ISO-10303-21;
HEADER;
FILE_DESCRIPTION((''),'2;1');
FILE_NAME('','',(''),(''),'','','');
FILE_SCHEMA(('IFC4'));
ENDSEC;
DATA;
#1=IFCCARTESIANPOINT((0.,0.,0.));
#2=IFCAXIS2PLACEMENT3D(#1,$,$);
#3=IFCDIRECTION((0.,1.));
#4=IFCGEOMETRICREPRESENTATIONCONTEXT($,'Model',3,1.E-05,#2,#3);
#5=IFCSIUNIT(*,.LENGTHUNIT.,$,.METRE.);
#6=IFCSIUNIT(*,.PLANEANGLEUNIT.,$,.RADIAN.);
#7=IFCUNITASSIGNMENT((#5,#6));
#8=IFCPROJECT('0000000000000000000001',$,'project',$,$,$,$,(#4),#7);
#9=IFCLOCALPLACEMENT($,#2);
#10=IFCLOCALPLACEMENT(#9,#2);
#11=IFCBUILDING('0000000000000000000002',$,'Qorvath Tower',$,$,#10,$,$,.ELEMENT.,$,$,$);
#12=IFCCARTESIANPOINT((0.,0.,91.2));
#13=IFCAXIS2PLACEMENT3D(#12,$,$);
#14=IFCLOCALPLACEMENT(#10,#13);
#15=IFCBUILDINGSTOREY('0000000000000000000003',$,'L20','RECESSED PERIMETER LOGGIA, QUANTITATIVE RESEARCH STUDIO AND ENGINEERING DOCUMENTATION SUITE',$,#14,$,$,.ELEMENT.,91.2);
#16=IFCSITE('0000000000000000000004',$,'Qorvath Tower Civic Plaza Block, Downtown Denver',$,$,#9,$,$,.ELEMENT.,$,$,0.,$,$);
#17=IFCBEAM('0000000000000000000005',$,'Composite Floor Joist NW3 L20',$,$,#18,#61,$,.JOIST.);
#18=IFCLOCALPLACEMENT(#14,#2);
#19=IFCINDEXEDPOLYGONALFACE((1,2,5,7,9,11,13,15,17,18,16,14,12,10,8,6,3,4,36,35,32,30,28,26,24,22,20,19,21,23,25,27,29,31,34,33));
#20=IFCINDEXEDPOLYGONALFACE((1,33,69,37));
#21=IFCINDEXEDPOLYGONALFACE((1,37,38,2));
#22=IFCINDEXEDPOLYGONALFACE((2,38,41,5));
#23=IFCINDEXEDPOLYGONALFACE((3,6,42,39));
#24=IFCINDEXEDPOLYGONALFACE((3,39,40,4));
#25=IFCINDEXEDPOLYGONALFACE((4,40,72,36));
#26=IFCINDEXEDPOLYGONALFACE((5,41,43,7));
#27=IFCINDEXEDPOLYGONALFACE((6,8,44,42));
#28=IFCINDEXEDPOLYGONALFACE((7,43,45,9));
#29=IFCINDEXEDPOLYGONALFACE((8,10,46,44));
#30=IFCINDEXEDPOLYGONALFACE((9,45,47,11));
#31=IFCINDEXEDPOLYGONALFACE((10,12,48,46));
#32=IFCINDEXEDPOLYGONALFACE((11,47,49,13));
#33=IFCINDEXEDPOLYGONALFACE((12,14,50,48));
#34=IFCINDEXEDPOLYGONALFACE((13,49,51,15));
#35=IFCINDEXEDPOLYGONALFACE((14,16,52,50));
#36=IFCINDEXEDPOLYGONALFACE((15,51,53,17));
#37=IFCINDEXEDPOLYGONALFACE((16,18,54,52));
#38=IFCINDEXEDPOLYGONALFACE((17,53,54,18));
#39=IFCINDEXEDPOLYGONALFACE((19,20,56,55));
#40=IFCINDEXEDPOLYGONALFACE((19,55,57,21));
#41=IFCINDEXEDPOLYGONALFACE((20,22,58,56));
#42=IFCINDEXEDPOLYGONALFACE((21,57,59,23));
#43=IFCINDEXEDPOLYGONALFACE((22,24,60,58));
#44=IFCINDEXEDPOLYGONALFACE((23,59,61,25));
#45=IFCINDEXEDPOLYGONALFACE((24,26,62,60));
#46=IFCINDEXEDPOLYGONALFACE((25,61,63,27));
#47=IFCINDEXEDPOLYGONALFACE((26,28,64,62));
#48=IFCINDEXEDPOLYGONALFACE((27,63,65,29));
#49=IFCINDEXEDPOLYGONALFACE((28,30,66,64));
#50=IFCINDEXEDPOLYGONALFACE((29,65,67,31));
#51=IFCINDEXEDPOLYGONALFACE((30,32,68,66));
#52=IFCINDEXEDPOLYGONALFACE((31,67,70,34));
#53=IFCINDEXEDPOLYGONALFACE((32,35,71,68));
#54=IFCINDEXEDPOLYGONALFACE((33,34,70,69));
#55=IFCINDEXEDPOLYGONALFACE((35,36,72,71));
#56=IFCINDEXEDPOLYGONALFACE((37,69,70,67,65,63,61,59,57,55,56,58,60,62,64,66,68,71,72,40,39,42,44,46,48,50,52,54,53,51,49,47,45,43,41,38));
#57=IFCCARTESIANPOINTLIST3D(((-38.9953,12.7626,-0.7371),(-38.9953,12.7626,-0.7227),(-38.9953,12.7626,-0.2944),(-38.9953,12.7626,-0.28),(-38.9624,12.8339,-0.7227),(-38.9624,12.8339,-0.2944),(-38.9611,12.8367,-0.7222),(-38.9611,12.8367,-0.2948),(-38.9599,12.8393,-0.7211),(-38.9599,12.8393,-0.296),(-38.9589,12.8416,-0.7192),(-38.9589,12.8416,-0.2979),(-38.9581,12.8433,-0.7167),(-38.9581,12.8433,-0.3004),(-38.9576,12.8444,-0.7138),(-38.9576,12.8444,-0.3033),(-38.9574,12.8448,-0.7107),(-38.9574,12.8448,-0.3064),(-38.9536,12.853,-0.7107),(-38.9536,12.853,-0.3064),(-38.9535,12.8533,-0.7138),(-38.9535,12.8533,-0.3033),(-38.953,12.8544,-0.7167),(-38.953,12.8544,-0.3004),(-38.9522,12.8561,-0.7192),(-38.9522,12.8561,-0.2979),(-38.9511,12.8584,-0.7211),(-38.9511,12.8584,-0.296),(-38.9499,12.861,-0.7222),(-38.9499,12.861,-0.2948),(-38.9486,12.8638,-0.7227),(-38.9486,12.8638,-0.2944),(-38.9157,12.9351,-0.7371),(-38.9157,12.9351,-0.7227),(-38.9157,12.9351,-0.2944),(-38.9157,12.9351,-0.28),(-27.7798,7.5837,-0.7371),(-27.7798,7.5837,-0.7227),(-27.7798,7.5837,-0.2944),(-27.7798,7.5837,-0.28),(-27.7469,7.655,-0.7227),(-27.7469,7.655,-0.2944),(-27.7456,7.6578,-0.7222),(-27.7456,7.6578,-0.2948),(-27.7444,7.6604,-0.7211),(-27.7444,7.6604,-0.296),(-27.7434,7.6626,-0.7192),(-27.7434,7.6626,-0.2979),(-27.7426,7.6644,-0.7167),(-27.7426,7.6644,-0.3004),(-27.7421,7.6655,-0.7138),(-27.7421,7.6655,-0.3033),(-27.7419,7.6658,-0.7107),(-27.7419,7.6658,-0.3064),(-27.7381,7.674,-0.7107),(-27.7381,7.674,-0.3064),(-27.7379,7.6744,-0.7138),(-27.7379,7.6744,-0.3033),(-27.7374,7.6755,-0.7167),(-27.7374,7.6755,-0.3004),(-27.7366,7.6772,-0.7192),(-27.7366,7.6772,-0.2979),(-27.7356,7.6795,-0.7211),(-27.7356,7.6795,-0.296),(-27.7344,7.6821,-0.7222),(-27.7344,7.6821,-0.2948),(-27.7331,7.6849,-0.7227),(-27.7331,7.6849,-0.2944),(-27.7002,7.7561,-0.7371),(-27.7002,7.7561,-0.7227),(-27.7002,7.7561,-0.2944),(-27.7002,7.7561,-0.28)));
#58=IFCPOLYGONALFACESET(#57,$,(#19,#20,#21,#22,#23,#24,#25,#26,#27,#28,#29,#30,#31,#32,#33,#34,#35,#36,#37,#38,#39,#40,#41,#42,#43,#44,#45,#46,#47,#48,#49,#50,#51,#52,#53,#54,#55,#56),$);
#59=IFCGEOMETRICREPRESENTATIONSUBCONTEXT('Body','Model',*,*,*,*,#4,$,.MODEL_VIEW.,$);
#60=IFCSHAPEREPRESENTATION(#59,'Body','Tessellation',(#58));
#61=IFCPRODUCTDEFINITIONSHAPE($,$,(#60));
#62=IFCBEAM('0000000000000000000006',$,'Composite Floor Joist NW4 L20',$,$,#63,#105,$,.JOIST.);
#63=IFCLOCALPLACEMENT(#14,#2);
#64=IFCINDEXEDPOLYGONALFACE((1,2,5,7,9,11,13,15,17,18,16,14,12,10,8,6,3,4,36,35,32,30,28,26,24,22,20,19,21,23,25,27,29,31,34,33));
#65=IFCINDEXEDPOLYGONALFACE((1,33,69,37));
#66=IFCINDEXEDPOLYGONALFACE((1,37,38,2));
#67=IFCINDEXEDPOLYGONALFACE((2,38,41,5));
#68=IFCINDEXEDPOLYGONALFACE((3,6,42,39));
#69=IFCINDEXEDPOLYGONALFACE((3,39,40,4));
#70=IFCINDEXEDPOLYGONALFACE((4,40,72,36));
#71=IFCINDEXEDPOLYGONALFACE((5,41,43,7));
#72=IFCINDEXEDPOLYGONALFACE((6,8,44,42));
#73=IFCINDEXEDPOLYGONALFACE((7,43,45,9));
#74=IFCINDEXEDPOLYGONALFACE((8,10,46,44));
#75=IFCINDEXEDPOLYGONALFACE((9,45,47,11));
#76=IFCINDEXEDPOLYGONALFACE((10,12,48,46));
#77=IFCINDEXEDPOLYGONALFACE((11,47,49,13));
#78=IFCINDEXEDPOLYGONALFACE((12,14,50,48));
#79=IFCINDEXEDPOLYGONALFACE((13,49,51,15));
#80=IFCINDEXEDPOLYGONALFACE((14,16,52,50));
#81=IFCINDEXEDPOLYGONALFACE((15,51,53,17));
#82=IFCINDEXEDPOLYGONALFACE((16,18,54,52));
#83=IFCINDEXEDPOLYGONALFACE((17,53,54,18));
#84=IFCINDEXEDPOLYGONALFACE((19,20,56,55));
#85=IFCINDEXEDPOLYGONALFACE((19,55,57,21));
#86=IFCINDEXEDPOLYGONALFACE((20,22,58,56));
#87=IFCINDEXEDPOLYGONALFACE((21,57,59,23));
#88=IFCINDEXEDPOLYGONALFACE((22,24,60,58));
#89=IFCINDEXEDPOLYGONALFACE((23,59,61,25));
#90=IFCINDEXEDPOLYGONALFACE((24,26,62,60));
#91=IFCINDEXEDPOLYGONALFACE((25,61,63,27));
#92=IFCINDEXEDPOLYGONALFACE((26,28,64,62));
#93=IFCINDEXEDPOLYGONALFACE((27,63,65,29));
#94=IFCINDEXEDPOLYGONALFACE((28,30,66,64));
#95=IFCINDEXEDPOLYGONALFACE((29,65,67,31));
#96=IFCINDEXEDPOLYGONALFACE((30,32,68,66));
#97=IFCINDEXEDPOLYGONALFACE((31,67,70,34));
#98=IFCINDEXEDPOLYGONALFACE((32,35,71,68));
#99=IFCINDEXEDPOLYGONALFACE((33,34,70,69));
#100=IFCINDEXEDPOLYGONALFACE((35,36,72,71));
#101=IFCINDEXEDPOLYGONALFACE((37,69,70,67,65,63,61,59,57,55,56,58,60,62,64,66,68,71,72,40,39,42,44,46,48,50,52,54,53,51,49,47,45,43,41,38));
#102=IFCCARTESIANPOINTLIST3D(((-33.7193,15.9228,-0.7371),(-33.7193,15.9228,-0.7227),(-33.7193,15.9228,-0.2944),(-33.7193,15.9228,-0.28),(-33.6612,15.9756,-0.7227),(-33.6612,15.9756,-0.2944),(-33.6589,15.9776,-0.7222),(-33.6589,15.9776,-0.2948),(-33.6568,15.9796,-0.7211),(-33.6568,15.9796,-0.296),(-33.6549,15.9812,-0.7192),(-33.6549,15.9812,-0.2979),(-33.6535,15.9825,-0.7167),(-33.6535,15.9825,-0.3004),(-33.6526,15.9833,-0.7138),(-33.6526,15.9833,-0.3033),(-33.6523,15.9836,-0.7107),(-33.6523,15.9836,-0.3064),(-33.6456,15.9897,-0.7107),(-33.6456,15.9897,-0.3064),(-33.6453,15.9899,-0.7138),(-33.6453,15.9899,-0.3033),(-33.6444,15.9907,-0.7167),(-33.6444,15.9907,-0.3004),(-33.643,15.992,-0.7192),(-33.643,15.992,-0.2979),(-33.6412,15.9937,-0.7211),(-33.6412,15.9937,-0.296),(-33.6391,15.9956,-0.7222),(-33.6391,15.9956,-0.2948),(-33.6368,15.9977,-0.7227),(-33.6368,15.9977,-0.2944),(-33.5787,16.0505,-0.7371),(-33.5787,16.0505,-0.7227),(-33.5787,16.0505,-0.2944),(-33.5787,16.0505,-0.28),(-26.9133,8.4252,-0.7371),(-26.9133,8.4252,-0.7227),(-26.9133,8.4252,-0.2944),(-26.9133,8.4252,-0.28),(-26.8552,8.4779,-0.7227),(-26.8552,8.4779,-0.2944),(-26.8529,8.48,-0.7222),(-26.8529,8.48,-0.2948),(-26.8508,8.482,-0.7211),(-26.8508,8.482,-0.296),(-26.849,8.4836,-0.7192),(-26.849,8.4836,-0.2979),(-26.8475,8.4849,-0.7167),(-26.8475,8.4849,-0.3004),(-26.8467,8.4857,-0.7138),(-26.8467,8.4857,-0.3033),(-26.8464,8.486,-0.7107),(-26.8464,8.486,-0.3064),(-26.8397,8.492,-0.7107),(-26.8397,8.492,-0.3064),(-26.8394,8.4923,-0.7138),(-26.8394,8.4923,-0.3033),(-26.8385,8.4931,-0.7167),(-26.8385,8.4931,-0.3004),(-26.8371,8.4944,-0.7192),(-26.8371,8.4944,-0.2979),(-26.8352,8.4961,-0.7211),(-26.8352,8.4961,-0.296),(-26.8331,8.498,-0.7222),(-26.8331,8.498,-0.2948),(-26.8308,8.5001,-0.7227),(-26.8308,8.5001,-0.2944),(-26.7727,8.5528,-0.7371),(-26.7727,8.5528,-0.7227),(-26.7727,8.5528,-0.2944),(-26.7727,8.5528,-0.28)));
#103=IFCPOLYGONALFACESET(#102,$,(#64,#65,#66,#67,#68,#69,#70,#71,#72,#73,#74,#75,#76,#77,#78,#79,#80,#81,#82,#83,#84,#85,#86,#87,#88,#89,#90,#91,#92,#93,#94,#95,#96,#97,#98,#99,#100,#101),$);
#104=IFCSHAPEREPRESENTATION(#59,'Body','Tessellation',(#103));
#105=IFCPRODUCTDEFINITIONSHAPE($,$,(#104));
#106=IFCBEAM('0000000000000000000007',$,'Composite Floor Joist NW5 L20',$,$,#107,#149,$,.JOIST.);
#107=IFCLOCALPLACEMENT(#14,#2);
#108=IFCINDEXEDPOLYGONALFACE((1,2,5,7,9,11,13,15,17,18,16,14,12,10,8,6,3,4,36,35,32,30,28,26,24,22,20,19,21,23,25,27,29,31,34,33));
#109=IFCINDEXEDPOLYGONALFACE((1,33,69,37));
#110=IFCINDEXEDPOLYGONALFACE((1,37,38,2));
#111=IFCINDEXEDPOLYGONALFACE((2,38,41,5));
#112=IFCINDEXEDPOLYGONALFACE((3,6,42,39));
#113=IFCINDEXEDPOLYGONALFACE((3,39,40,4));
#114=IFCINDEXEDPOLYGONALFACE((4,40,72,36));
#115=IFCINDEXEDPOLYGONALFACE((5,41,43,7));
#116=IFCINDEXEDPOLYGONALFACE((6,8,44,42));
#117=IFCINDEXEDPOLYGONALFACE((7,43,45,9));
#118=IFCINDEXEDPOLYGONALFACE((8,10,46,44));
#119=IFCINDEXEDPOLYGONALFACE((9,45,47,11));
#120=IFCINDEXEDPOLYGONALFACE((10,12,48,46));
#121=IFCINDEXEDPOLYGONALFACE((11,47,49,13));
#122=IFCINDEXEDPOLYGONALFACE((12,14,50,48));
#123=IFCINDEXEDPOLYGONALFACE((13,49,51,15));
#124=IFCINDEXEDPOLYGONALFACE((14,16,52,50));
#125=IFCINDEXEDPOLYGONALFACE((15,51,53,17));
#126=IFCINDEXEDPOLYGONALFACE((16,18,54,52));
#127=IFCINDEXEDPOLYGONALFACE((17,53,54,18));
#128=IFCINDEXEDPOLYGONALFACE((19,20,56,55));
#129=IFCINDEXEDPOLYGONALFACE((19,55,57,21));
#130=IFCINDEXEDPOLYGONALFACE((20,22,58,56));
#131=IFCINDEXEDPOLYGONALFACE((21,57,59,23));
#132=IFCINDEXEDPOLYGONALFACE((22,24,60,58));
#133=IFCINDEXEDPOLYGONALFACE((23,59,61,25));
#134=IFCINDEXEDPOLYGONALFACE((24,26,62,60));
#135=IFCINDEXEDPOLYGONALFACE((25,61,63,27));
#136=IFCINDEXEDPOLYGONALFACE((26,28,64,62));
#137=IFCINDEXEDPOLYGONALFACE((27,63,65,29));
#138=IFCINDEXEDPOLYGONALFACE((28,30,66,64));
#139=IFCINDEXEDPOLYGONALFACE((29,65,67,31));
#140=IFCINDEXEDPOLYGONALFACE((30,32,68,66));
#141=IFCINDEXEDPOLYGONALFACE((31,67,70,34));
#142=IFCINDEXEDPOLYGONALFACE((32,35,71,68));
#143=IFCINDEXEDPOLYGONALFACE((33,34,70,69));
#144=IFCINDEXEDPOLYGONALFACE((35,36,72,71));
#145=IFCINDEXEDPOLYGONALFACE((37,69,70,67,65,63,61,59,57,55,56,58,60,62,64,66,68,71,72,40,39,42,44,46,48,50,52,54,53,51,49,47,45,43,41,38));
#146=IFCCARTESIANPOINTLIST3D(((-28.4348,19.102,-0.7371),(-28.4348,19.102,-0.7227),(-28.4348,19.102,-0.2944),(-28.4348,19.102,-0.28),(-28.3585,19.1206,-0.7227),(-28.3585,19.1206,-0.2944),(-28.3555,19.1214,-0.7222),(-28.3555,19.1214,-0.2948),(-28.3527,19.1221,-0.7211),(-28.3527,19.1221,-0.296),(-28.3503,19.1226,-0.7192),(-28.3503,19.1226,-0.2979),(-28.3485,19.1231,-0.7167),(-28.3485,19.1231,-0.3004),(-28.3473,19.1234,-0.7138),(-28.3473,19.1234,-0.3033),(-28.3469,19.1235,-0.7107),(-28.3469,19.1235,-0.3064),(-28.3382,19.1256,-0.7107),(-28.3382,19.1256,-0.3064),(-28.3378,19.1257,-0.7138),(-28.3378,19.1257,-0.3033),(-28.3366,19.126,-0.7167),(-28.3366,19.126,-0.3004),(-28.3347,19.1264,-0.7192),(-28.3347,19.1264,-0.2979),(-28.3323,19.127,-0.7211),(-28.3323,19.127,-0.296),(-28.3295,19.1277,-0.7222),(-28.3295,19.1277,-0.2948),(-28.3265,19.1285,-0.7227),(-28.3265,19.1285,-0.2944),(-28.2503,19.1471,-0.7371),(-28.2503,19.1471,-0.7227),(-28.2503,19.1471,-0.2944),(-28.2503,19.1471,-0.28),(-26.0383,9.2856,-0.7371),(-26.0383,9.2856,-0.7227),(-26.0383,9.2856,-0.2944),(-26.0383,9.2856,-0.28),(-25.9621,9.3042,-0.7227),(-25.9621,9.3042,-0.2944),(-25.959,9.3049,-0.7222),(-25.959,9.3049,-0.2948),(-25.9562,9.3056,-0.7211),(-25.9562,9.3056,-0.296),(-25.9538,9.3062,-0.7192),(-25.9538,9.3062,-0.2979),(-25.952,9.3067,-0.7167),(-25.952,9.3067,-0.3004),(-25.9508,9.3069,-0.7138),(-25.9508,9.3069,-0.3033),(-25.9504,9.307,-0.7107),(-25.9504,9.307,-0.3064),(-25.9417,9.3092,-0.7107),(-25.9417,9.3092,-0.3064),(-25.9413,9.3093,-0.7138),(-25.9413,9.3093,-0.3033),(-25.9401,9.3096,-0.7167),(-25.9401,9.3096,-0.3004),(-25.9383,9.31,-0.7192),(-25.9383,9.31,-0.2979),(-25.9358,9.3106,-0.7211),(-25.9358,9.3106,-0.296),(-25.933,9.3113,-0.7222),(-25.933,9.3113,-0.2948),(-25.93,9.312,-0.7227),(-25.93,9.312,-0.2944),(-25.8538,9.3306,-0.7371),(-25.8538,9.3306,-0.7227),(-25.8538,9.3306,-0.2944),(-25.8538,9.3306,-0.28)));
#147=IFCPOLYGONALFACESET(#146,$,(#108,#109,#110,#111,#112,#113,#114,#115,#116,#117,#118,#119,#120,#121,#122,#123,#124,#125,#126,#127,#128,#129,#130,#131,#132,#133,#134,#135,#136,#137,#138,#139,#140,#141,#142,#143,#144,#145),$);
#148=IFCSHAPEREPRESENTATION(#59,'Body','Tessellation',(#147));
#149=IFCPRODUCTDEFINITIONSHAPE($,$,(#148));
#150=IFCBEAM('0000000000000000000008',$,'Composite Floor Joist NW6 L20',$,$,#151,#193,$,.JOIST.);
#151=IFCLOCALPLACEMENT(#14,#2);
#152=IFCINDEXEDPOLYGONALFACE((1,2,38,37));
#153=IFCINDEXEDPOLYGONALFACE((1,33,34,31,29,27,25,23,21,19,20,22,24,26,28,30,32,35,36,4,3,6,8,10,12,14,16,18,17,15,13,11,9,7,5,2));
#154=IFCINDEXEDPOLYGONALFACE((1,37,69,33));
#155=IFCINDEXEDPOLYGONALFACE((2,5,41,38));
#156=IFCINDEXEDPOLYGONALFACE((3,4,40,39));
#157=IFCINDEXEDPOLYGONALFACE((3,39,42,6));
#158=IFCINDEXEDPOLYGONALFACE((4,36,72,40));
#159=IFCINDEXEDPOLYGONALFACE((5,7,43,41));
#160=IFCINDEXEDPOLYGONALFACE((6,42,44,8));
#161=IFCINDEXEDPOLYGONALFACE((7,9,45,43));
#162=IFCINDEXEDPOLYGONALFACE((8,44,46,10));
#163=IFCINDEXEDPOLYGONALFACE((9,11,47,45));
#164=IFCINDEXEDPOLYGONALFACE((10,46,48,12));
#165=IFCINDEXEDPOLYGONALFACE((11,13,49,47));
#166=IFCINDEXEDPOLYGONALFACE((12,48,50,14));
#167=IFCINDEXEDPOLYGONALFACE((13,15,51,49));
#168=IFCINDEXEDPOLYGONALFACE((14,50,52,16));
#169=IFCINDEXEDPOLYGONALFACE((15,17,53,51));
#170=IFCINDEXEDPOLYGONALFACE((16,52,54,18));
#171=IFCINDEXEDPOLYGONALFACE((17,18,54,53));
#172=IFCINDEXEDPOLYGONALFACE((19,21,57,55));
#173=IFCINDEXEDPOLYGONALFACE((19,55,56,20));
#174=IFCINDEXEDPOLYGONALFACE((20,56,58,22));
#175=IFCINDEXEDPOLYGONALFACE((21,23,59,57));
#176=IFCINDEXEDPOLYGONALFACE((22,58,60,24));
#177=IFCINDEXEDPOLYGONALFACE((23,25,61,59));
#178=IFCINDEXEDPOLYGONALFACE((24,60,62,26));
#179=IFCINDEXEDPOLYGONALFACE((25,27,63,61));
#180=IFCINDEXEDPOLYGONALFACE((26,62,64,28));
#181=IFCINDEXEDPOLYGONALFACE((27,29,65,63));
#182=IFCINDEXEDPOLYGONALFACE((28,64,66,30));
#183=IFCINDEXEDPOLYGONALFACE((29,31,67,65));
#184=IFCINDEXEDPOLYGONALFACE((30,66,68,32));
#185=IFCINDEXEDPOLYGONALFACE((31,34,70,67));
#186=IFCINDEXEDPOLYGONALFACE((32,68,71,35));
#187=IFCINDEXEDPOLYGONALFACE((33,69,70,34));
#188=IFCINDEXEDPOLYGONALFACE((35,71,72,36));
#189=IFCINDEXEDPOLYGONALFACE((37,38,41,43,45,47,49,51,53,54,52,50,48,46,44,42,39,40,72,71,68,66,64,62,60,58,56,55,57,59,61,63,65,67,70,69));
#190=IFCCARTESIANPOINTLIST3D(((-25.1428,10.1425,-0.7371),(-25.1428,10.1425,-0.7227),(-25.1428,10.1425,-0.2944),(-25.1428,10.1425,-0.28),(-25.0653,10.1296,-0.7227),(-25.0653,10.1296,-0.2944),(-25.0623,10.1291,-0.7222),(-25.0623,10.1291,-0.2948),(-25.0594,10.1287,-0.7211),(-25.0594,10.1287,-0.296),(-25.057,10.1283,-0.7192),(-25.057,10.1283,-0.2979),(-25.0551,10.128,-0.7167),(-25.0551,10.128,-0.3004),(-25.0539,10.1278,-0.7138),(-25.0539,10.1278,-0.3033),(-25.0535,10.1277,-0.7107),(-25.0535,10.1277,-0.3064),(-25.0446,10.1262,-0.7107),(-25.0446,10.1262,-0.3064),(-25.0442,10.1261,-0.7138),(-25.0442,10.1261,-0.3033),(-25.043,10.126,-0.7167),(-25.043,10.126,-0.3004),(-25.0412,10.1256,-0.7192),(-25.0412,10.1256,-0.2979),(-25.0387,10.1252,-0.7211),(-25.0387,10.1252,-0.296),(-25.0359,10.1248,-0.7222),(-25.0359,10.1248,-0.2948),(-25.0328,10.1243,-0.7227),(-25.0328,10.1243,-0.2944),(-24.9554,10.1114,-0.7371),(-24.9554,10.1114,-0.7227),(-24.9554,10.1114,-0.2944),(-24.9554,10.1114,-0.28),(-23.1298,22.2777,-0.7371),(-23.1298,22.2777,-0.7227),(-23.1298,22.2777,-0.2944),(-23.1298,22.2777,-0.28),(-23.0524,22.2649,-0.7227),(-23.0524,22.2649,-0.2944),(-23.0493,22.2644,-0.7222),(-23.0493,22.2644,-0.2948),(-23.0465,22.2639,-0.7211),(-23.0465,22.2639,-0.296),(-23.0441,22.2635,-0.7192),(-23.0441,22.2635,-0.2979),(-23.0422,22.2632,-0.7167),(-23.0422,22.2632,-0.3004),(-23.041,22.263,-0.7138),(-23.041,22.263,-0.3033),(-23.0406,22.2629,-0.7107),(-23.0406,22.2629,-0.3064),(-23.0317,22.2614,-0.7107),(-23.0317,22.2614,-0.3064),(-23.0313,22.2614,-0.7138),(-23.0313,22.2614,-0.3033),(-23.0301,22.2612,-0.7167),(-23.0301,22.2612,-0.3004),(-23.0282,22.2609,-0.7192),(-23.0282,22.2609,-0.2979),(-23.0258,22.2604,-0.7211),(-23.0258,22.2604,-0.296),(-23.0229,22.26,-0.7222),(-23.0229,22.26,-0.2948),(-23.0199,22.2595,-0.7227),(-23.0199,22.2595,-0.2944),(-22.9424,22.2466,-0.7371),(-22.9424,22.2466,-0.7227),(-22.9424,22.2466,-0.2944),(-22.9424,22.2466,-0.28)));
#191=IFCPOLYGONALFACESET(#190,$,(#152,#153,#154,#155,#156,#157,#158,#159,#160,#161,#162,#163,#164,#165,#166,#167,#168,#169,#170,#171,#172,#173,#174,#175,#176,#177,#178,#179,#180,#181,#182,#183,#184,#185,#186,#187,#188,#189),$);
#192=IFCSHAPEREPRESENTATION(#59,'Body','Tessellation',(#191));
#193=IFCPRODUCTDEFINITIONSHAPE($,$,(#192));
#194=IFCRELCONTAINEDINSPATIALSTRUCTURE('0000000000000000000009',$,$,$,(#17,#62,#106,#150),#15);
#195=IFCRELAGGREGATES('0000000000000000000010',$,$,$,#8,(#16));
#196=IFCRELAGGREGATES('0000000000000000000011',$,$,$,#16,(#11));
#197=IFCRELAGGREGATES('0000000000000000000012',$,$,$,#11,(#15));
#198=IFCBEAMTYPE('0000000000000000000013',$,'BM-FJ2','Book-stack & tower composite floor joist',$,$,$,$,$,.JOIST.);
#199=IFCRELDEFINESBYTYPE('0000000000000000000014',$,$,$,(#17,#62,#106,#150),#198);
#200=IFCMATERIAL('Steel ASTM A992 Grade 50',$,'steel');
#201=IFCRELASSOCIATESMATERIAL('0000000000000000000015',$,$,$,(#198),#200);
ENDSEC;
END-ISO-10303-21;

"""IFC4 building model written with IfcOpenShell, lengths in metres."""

from ifc_helpers import new_model, si_unit, direction, frame, origin, origin_2d, place, context, subcontext, project, spatial, i_section, extrude, material, material_profile, profile_set, type_object, element, save


model = new_model("IFC4")

# Units and contexts
model_context = context("Model", 3, precision=1e-05, world=origin(), true_north=direction((0.0, 1.0)))
body_context = subcontext(model_context, "Body", "Model", "MODEL_VIEW")
ifc_project = project(units=[si_unit("LENGTHUNIT", "METRE"), si_unit("PLANEANGLEUNIT", "RADIAN")], contexts=[model_context])

# Site, building, storey
site_placement = place(None, origin())
site = spatial("IfcSite", under=ifc_project, at=site_placement, Name="Qorvath Tower Civic Plaza Block, Downtown Denver", CompositionType="ELEMENT", RefElevation=0.0)
building_placement = place(site_placement, origin())
building = spatial("IfcBuilding", under=site, at=building_placement, Name="Qorvath Tower", CompositionType="ELEMENT")
storey_placement = place(building_placement, frame((0.0, 0.0, 91.2)))
storey = spatial("IfcBuildingStorey", under=building, at=storey_placement, Name="L20", Description="RECESSED PERIMETER LOGGIA, QUANTITATIVE RESEARCH STUDIO AND ENGINEERING DOCUMENTATION SUITE", CompositionType="ELEMENT", Elevation=91.2)

# Beams
ifc_material_1 = material(Name="Steel ASTM A992 Grade 50", Category="steel")
ifc_material_profile_1 = material_profile(ifc_material_1, i_section(OverallWidth=0.1899, OverallDepth=0.457, WebThickness=0.009, FlangeThickness=0.0144, FilletRadius=0.012, at=origin_2d()), Name="W18x50")
ifc_profile_set_1 = profile_set([ifc_material_profile_1], Name="Steel ASTM A992 Grade 50")
beam_type_1 = type_object("IfcBeamType", Name="BM-FJ2", Description="Book-stack & tower composite floor joist", PredefinedType="JOIST", material=ifc_profile_set_1)
beam_1_placement = place(storey_placement, frame((-27.74, 7.6699, -0.5085), z_axis=(-0.907881, 0.419227, 0.0), x_axis=(-0.419227, -0.907881, 0.0)))
element("IfcBeam", 1, at=beam_1_placement, inside=storey, type_object=beam_type_1, Name="Composite Floor Joist NW3 L20", PredefinedType="JOIST", context=body_context, shape_type="SweptSolid", body=[
    extrude(i_section(OverallWidth=0.1899, OverallDepth=0.457, WebThickness=0.009, FlangeThickness=0.0144, FilletRadius=0.012, at=origin_2d()), origin(), (0.0, 0.0, 1.0), 12.3535),
])
beam_2_placement = place(storey_placement, frame((-26.843, 8.489, -0.5085), z_axis=(-0.672129, 0.740434, 0.0), x_axis=(-0.740434, -0.672129, 0.0)))
element("IfcBeam", 2, at=beam_2_placement, inside=storey, type_object=beam_type_1, Name="Composite Floor Joist NW4 L20", PredefinedType="JOIST", context=body_context, shape_type="SweptSolid", body=[
    extrude(i_section(OverallWidth=0.1899, OverallDepth=0.457, WebThickness=0.009, FlangeThickness=0.0144, FilletRadius=0.012, at=origin_2d()), origin(), (0.0, 0.0, 1.0), 10.126),
])
beam_3_placement = place(storey_placement, frame((-25.946, 9.3081, -0.5085), z_axis=(-0.237165, 0.971469, 0.0), x_axis=(-0.971469, -0.237165, 0.0)))
element("IfcBeam", 3, at=beam_3_placement, inside=storey, type_object=beam_type_1, Name="Composite Floor Joist NW5 L20", PredefinedType="JOIST", context=body_context, shape_type="SweptSolid", body=[
    extrude(i_section(OverallWidth=0.1899, OverallDepth=0.457, WebThickness=0.009, FlangeThickness=0.0144, FilletRadius=0.012, at=origin_2d()), origin(), (0.0, 0.0, 1.0), 10.1047),
])
beam_4_placement = place(storey_placement, frame((-25.0491, 10.127, -0.5085), z_axis=(0.163639, 0.98652, 0.0), x_axis=(-0.98652, 0.163639, 0.0)))
element("IfcBeam", 4, at=beam_4_placement, inside=storey, type_object=beam_type_1, Name="Composite Floor Joist NW6 L20", PredefinedType="JOIST", context=body_context, shape_type="SweptSolid", body=[
    extrude(i_section(OverallWidth=0.1899, OverallDepth=0.457, WebThickness=0.009, FlangeThickness=0.0144, FilletRadius=0.012, at=origin_2d()), origin(), (0.0, 0.0, 1.0), 12.301),
])

save(model, "model.ifc")
